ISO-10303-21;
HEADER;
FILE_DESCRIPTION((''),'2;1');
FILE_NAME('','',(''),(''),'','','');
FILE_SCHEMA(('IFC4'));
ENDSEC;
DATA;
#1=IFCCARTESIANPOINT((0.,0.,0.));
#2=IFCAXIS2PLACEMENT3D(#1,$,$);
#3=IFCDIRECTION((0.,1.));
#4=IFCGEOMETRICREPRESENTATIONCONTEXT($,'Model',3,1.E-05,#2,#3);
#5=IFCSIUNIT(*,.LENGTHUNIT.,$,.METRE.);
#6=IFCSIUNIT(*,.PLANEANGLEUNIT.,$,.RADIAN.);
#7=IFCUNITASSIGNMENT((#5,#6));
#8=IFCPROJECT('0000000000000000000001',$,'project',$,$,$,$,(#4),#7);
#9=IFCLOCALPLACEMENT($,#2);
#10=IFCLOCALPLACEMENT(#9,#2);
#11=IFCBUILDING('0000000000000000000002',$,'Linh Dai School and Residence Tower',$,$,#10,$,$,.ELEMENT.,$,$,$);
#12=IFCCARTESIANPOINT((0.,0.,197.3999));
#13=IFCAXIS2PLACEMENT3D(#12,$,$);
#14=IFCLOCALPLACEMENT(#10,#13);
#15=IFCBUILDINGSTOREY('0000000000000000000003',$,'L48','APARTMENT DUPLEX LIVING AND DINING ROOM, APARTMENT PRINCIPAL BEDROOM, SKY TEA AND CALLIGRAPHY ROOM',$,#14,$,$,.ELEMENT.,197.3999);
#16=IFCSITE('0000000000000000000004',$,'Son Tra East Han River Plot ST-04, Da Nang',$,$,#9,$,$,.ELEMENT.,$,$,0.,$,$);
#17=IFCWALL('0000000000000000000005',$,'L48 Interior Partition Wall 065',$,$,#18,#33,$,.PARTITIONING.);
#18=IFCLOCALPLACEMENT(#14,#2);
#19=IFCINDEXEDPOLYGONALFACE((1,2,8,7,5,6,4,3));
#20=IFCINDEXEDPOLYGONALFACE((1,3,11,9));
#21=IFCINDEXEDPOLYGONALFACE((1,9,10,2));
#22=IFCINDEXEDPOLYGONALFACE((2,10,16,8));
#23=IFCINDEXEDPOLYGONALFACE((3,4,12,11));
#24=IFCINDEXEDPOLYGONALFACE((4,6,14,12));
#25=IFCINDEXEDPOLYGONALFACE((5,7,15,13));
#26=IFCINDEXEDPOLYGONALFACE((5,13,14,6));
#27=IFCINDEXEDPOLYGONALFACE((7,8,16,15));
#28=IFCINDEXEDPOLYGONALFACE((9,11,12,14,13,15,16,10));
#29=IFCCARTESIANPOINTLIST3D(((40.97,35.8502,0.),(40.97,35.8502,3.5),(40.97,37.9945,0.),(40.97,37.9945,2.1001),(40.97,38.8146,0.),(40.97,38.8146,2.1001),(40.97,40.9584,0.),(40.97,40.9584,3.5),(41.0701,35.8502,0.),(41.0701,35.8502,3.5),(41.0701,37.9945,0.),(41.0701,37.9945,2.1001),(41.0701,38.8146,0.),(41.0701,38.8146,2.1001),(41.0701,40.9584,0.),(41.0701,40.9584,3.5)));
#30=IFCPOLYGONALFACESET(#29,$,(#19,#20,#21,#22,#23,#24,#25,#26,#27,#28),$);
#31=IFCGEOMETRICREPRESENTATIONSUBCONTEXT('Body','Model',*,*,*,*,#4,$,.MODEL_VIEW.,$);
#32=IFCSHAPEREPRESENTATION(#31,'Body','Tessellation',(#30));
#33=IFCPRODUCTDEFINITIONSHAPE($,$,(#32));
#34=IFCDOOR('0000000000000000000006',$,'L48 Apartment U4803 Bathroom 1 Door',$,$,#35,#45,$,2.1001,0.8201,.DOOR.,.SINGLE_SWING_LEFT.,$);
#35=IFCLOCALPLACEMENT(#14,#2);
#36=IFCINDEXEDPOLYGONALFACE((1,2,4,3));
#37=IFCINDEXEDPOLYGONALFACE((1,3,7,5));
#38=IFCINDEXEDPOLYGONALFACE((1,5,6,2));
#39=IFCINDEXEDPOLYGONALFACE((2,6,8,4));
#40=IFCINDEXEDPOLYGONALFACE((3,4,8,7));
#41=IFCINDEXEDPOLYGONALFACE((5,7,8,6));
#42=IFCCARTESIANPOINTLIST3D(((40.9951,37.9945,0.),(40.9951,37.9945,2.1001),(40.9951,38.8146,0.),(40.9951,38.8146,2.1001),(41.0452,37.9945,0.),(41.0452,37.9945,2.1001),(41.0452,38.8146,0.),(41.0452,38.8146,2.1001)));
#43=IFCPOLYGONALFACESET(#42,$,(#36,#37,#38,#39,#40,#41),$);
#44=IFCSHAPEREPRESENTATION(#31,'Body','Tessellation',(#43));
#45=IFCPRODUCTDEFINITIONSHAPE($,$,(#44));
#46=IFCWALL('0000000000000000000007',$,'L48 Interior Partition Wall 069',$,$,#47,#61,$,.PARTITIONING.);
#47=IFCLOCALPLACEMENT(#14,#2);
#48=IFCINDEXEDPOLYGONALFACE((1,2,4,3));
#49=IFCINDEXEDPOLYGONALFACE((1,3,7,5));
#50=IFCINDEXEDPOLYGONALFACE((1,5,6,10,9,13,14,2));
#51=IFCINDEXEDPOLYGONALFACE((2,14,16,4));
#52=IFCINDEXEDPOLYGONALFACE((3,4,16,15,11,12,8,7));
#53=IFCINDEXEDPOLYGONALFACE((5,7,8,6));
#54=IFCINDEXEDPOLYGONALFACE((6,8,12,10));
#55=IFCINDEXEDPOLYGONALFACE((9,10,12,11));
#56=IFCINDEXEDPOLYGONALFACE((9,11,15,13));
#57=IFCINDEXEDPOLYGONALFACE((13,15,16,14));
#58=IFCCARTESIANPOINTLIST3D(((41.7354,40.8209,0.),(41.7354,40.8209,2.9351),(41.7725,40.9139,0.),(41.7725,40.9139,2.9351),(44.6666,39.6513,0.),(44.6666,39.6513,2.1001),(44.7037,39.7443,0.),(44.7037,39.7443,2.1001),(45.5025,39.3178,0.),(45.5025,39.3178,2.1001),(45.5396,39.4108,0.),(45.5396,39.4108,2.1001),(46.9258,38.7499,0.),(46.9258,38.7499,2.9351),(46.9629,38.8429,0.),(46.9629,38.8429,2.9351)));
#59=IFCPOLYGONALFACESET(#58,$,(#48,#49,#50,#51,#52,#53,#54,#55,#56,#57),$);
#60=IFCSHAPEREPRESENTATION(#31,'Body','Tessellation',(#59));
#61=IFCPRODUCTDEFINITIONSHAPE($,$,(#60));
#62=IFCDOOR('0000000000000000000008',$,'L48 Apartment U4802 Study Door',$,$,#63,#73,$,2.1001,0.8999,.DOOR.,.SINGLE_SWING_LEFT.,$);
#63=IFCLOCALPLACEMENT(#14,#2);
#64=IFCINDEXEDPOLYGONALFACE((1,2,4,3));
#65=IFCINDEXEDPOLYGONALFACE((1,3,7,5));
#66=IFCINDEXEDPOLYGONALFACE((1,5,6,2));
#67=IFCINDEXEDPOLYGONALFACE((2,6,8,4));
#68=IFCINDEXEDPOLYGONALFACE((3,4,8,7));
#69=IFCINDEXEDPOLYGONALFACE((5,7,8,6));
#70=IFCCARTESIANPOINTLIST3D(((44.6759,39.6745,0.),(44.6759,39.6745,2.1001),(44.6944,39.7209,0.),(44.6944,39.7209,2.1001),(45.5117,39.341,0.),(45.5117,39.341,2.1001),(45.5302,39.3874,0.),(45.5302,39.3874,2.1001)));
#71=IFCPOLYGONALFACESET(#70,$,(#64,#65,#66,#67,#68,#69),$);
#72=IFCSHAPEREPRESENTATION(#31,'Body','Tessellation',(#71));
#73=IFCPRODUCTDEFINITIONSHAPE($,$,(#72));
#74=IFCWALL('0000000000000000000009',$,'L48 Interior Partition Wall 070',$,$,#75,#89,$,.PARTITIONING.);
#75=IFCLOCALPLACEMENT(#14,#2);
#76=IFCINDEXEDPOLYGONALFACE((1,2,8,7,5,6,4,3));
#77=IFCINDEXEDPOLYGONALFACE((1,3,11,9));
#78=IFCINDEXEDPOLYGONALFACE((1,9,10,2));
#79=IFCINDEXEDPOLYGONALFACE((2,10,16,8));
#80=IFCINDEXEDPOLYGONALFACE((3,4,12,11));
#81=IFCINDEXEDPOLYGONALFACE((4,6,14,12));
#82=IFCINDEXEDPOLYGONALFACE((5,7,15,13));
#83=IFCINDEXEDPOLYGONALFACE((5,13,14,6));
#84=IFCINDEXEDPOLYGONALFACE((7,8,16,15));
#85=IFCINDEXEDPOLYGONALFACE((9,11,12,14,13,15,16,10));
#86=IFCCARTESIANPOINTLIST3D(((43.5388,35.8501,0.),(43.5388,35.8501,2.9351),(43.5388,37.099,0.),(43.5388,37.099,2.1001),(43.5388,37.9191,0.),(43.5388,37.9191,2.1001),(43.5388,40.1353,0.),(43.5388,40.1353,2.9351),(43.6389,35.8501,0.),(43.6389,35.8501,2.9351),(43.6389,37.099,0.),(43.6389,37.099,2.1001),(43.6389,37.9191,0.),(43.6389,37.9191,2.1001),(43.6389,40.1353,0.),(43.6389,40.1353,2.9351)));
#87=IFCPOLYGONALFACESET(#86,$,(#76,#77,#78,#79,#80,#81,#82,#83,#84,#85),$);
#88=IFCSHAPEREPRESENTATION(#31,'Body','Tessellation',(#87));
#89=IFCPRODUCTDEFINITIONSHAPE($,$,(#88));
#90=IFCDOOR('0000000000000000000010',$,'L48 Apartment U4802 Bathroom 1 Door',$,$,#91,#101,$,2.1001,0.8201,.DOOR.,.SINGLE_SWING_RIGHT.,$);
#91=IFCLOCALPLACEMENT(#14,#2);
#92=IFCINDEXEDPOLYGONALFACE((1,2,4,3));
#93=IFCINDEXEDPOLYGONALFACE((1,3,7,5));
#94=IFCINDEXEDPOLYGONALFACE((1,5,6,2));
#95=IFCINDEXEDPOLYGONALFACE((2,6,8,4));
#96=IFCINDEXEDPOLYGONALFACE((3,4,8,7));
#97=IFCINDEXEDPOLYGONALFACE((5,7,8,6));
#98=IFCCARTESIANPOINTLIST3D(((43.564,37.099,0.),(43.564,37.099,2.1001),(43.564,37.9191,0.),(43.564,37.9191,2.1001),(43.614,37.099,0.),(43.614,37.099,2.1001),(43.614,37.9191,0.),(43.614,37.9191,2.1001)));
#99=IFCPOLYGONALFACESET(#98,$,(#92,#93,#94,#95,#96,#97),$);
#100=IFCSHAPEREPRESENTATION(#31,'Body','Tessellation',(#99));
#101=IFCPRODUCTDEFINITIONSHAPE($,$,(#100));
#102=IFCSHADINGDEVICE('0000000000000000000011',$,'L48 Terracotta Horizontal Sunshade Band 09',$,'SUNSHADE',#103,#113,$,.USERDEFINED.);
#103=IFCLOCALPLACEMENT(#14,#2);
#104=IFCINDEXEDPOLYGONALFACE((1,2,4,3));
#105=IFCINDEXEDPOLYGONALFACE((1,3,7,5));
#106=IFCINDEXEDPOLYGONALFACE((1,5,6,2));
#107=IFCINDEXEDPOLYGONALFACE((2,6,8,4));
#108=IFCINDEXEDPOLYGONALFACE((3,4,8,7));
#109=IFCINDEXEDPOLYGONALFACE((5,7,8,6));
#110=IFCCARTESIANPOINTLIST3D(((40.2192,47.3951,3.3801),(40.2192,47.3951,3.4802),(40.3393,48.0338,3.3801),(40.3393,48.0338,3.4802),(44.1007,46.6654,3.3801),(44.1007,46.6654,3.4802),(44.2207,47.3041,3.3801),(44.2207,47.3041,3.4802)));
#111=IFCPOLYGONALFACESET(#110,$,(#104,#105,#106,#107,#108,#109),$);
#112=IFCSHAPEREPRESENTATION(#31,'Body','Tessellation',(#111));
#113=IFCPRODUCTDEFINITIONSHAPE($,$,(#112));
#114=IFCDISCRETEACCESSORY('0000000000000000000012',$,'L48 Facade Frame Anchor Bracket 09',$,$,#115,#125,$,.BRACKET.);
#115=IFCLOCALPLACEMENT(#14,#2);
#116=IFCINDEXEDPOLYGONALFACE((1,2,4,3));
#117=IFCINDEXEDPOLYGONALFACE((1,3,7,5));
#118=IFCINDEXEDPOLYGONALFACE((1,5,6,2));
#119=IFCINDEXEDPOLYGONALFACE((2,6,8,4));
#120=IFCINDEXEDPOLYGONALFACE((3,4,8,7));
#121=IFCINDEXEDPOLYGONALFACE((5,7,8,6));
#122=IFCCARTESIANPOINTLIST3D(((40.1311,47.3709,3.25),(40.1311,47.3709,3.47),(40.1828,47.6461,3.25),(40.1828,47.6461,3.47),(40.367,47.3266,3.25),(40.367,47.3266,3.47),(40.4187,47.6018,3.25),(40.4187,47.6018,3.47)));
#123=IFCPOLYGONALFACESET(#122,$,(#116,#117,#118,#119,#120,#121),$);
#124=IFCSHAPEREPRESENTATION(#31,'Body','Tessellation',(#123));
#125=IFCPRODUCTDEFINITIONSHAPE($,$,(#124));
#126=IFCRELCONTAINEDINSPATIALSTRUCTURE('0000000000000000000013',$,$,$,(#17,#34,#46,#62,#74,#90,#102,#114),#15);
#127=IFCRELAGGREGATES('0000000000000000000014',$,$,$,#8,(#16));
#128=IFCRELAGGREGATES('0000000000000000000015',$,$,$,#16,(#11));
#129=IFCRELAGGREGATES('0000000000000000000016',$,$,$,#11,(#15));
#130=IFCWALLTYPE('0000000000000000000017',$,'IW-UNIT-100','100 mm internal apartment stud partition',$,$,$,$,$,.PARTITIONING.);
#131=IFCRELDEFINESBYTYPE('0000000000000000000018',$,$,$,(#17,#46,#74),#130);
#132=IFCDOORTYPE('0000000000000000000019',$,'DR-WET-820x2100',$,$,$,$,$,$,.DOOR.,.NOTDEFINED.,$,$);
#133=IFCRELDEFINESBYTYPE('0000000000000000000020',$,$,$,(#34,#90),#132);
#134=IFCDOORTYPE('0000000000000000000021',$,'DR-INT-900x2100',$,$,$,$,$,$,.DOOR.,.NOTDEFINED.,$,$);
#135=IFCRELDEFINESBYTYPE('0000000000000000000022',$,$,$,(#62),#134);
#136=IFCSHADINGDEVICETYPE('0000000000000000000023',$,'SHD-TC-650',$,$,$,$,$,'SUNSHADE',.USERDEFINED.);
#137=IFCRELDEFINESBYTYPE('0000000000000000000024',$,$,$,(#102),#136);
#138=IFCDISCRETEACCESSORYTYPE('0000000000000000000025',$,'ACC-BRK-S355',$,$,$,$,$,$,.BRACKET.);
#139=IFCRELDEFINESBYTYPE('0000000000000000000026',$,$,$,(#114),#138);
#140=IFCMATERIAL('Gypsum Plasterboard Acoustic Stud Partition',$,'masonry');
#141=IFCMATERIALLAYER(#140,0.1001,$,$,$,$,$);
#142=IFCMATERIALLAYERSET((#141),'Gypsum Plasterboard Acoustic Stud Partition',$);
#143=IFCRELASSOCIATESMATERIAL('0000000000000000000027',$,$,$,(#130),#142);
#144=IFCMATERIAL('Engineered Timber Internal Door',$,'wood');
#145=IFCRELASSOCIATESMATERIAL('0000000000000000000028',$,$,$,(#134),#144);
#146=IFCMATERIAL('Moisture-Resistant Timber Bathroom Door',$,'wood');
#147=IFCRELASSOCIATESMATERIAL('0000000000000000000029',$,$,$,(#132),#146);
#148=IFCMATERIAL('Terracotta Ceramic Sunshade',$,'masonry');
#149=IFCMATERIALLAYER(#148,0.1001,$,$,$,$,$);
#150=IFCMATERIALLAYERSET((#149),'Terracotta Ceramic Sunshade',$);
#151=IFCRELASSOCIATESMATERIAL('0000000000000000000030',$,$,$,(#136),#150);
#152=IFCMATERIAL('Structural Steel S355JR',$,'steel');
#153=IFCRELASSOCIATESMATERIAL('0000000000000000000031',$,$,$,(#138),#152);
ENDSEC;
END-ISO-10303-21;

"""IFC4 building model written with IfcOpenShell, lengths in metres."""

from ifc_helpers import new_model, si_unit, direction, frame, frame_2d, origin, origin_2d, place, context, subcontext, project, spatial, rectangle, extrude, source, transform, mapped, material, layer, layer_set, type_object, element, fill, save


model = new_model("IFC4")

# Units and contexts
model_context = context("Model", 3, precision=1e-05, world=origin(), true_north=direction((0.0, 1.0)))
body_context = subcontext(model_context, "Body", "Model", "MODEL_VIEW")
ifc_project = project(units=[si_unit("LENGTHUNIT", "METRE"), si_unit("PLANEANGLEUNIT", "RADIAN")], contexts=[model_context])

# Site, building, storey
site_placement = place(None, origin())
site = spatial("IfcSite", under=ifc_project, at=site_placement, Name="Son Tra East Han River Plot ST-04, Da Nang", CompositionType="ELEMENT", RefElevation=0.0)
building_placement = place(site_placement, origin())
building = spatial("IfcBuilding", under=site, at=building_placement, Name="Linh Dai School and Residence Tower", CompositionType="ELEMENT")
storey_placement = place(building_placement, frame((0.0, 0.0, 197.3999)))
storey = spatial("IfcBuildingStorey", under=building, at=storey_placement, Name="L48", Description="APARTMENT DUPLEX LIVING AND DINING ROOM, APARTMENT PRINCIPAL BEDROOM, SKY TEA AND CALLIGRAPHY ROOM", CompositionType="ELEMENT", Elevation=197.3999)

# Shared definitions
ifc_material_1 = material(Name="Structural Steel S355JR", Category="steel")

# Shared definitions
ifc_material_2 = material(Name="Gypsum Plasterboard Acoustic Stud Partition", Category="masonry")
ifc_layer_1 = layer(ifc_material_2, 0.1001)
ifc_layer_set_1 = layer_set([ifc_layer_1], Name="Gypsum Plasterboard Acoustic Stud Partition")
wall_type_1 = type_object("IfcWallType", Name="IW-UNIT-100", Description="100 mm internal apartment stud partition", PredefinedType="PARTITIONING", material=ifc_layer_set_1)
ifc_material_3 = material(Name="Engineered Timber Internal Door", Category="wood")
door_type_1 = type_object("IfcDoorType", Name="DR-INT-900x2100", OperationType="NOTDEFINED", PredefinedType="DOOR", material=ifc_material_3)
shared_shape_1 = source(origin(), body_context, "Body", "SweptSolid", [
    extrude(rectangle(XDim=0.8999, YDim=2.1001, at=origin_2d()), frame((0.45, 0.0249, 1.05), z_axis=(0.0, -1.0, 0.0), x_axis=(1.0, 0.0, 0.0)), (0.0, 0.0, 1.0), 0.05),
])

# Walls, openings, doors
wall_1_placement = place(storey_placement, frame((41.02, 35.8501, 0.0), z_axis=(0.0, 0.0, 1.0), x_axis=(0.0, 1.0, 0.0)))
wall_1 = element("IfcWall", 1, at=wall_1_placement, inside=storey, type_object=wall_type_1, Name="L48 Interior Partition Wall 065", PredefinedType="PARTITIONING", context=body_context, shape_type="SweptSolid", body=[
    extrude(rectangle(XDim=5.1082, YDim=0.1001, at=frame_2d((2.5542, 0.0))), origin(), (0.0, 0.0, 1.0), 3.5),
])
opening_1_placement = place(wall_1_placement, frame((2.1443, 0.0, 0.0)))
opening_1 = element("IfcOpeningElement", 2, at=opening_1_placement, cuts=wall_1, PredefinedType="OPENING", context=body_context, shape_type="SweptSolid", body=[
    extrude(rectangle(XDim=0.8201, YDim=2.1001, at=origin_2d()), frame((0.4102, 0.0601, 1.05), z_axis=(0.0, -1.0, 0.0), x_axis=(1.0, 0.0, 0.0)), (0.0, 0.0, 1.0), 0.1201),
])
ifc_material_4 = material(Name="Moisture-Resistant Timber Bathroom Door", Category="wood")
door_type_2 = type_object("IfcDoorType", Name="DR-WET-820x2100", OperationType="NOTDEFINED", PredefinedType="DOOR", material=ifc_material_4)
shared_shape_2 = source(origin(), body_context, "Body", "SweptSolid", [
    extrude(rectangle(XDim=0.8201, YDim=2.1001, at=origin_2d()), frame((0.4102, 0.0249, 1.05), z_axis=(0.0, -1.0, 0.0), x_axis=(1.0, 0.0, 0.0)), (0.0, 0.0, 1.0), 0.05),
])
door_1_placement = place(opening_1_placement, origin())
door_1 = element("IfcDoor", 3, at=door_1_placement, inside=storey, type_object=door_type_2, Name="L48 Apartment U4803 Bathroom 1 Door", OperationType="SINGLE_SWING_LEFT", OverallHeight=2.1001, OverallWidth=0.8201, PredefinedType="DOOR", context=body_context, shape_type="MappedRepresentation", body=[
    mapped(shared_shape_2, transform((0.0, 0.0, 0.0), x_axis=(1.0, 0.0, 0.0), y_axis=(0.0, 1.0, 0.0), z_axis=(0.0, 0.0, 1.0), scale=1.0)),
])
fill(opening_1, door_1)
wall_2_placement = place(storey_placement, frame((41.7539, 40.8674, 0.0), z_axis=(0.0, 0.0, 1.0), x_axis=(0.928793, -0.3706, 0.0)))
wall_2 = element("IfcWall", 4, at=wall_2_placement, inside=storey, type_object=wall_type_1, Name="L48 Interior Partition Wall 069", PredefinedType="PARTITIONING", context=body_context, shape_type="SweptSolid", body=[
    extrude(rectangle(XDim=5.5884, YDim=0.1001, at=frame_2d((2.7942, 0.0))), origin(), (0.0, 0.0, 1.0), 2.9351),
])
opening_2_placement = place(wall_2_placement, frame((3.156, 0.0, 0.0)))
opening_2 = element("IfcOpeningElement", 5, at=opening_2_placement, cuts=wall_2, PredefinedType="OPENING", context=body_context, shape_type="SweptSolid", body=[
    extrude(rectangle(XDim=0.8999, YDim=2.1001, at=origin_2d()), frame((0.45, 0.0601, 1.05), z_axis=(0.0, -1.0, 0.0), x_axis=(1.0, 0.0, 0.0)), (0.0, 0.0, 1.0), 0.1201),
])
door_2_placement = place(opening_2_placement, origin())
door_2 = element("IfcDoor", 6, at=door_2_placement, inside=storey, type_object=door_type_1, Name="L48 Apartment U4802 Study Door", OperationType="SINGLE_SWING_LEFT", OverallHeight=2.1001, OverallWidth=0.8999, PredefinedType="DOOR", context=body_context, shape_type="MappedRepresentation", body=[
    mapped(shared_shape_1, transform((0.0, 0.0, 0.0), x_axis=(1.0, 0.0, 0.0), y_axis=(0.0, 1.0, 0.0), z_axis=(0.0, 0.0, 1.0), scale=1.0)),
])
fill(opening_2, door_2)
wall_3_placement = place(storey_placement, frame((43.5889, 35.8501, 0.0), z_axis=(0.0, 0.0, 1.0), x_axis=(0.0, 1.0, 0.0)))
wall_3 = element("IfcWall", 7, at=wall_3_placement, inside=storey, type_object=wall_type_1, Name="L48 Interior Partition Wall 070", PredefinedType="PARTITIONING", context=body_context, shape_type="SweptSolid", body=[
    extrude(rectangle(XDim=4.2852, YDim=0.1001, at=frame_2d((2.1426, 0.0))), origin(), (0.0, 0.0, 1.0), 2.9351),
])
opening_3_placement = place(wall_3_placement, frame((1.2488, 0.0, 0.0)))
opening_3 = element("IfcOpeningElement", 8, at=opening_3_placement, cuts=wall_3, PredefinedType="OPENING", context=body_context, shape_type="SweptSolid", body=[
    extrude(rectangle(XDim=0.8201, YDim=2.1001, at=origin_2d()), frame((0.4102, 0.0601, 1.05), z_axis=(0.0, -1.0, 0.0), x_axis=(1.0, 0.0, 0.0)), (0.0, 0.0, 1.0), 0.1201),
])
door_3_placement = place(opening_3_placement, origin())
door_3 = element("IfcDoor", 9, at=door_3_placement, inside=storey, type_object=door_type_2, Name="L48 Apartment U4802 Bathroom 1 Door", OperationType="SINGLE_SWING_RIGHT", OverallHeight=2.1001, OverallWidth=0.8201, PredefinedType="DOOR", context=body_context, shape_type="MappedRepresentation", body=[
    mapped(shared_shape_2, transform((0.0, 0.0, 0.0), x_axis=(1.0, 0.0, 0.0), y_axis=(0.0, 1.0, 0.0), z_axis=(0.0, 0.0, 1.0), scale=1.0)),
])
fill(opening_3, door_3)

# Shading device
ifc_material_5 = material(Name="Terracotta Ceramic Sunshade", Category="masonry")
ifc_layer_2 = layer(ifc_material_5, 0.1001)
ifc_layer_set_2 = layer_set([ifc_layer_2], Name="Terracotta Ceramic Sunshade")
shading_device_type = type_object("IfcShadingDeviceType", Name="SHD-TC-650", ElementType="SUNSHADE", PredefinedType="USERDEFINED", material=ifc_layer_set_2)
shared_shape_3 = source(origin(), body_context, "Body", "SweptSolid", [
    extrude(rectangle(XDim=3.9495, YDim=0.6499, at=origin_2d()), origin(), (0.0, 0.0, 1.0), 0.1001),
])
shading_device_placement = place(storey_placement, frame((42.22, 47.3496, 3.3801), z_axis=(0.0, 0.0, 1.0), x_axis=(0.982783, -0.184763, 0.0)))
element("IfcShadingDevice", 10, at=shading_device_placement, inside=storey, type_object=shading_device_type, Name="L48 Terracotta Horizontal Sunshade Band 09", ObjectType="SUNSHADE", PredefinedType="USERDEFINED", context=body_context, shape_type="MappedRepresentation", body=[
    mapped(shared_shape_3, transform((0.0, 0.0, 0.0), x_axis=(1.0, 0.0, 0.0), y_axis=(0.0, 1.0, 0.0), z_axis=(0.0, 0.0, 1.0), scale=1.0)),
])

# Discrete accessory
discrete_accessory_type = type_object("IfcDiscreteAccessoryType", Name="ACC-BRK-S355", PredefinedType="BRACKET", material=ifc_material_1)
shared_shape_4 = source(origin(), body_context, "Body", "SweptSolid", [
    extrude(rectangle(XDim=0.28, YDim=0.24, at=origin_2d()), origin(), (0.0, 0.0, 1.0), 0.22),
])
discrete_accessory_placement = place(storey_placement, frame((40.2749, 47.4863, 3.25), z_axis=(0.0, 0.0, 1.0), x_axis=(0.184763, 0.982783, 0.0)))
element("IfcDiscreteAccessory", 11, at=discrete_accessory_placement, inside=storey, type_object=discrete_accessory_type, Name="L48 Facade Frame Anchor Bracket 09", PredefinedType="BRACKET", context=body_context, shape_type="MappedRepresentation", body=[
    mapped(shared_shape_4, transform((0.0, 0.0, 0.0), x_axis=(1.0, 0.0, 0.0), y_axis=(0.0, 1.0, 0.0), z_axis=(0.0, 0.0, 1.0), scale=1.0)),
])

save(model, "model.ifc")
